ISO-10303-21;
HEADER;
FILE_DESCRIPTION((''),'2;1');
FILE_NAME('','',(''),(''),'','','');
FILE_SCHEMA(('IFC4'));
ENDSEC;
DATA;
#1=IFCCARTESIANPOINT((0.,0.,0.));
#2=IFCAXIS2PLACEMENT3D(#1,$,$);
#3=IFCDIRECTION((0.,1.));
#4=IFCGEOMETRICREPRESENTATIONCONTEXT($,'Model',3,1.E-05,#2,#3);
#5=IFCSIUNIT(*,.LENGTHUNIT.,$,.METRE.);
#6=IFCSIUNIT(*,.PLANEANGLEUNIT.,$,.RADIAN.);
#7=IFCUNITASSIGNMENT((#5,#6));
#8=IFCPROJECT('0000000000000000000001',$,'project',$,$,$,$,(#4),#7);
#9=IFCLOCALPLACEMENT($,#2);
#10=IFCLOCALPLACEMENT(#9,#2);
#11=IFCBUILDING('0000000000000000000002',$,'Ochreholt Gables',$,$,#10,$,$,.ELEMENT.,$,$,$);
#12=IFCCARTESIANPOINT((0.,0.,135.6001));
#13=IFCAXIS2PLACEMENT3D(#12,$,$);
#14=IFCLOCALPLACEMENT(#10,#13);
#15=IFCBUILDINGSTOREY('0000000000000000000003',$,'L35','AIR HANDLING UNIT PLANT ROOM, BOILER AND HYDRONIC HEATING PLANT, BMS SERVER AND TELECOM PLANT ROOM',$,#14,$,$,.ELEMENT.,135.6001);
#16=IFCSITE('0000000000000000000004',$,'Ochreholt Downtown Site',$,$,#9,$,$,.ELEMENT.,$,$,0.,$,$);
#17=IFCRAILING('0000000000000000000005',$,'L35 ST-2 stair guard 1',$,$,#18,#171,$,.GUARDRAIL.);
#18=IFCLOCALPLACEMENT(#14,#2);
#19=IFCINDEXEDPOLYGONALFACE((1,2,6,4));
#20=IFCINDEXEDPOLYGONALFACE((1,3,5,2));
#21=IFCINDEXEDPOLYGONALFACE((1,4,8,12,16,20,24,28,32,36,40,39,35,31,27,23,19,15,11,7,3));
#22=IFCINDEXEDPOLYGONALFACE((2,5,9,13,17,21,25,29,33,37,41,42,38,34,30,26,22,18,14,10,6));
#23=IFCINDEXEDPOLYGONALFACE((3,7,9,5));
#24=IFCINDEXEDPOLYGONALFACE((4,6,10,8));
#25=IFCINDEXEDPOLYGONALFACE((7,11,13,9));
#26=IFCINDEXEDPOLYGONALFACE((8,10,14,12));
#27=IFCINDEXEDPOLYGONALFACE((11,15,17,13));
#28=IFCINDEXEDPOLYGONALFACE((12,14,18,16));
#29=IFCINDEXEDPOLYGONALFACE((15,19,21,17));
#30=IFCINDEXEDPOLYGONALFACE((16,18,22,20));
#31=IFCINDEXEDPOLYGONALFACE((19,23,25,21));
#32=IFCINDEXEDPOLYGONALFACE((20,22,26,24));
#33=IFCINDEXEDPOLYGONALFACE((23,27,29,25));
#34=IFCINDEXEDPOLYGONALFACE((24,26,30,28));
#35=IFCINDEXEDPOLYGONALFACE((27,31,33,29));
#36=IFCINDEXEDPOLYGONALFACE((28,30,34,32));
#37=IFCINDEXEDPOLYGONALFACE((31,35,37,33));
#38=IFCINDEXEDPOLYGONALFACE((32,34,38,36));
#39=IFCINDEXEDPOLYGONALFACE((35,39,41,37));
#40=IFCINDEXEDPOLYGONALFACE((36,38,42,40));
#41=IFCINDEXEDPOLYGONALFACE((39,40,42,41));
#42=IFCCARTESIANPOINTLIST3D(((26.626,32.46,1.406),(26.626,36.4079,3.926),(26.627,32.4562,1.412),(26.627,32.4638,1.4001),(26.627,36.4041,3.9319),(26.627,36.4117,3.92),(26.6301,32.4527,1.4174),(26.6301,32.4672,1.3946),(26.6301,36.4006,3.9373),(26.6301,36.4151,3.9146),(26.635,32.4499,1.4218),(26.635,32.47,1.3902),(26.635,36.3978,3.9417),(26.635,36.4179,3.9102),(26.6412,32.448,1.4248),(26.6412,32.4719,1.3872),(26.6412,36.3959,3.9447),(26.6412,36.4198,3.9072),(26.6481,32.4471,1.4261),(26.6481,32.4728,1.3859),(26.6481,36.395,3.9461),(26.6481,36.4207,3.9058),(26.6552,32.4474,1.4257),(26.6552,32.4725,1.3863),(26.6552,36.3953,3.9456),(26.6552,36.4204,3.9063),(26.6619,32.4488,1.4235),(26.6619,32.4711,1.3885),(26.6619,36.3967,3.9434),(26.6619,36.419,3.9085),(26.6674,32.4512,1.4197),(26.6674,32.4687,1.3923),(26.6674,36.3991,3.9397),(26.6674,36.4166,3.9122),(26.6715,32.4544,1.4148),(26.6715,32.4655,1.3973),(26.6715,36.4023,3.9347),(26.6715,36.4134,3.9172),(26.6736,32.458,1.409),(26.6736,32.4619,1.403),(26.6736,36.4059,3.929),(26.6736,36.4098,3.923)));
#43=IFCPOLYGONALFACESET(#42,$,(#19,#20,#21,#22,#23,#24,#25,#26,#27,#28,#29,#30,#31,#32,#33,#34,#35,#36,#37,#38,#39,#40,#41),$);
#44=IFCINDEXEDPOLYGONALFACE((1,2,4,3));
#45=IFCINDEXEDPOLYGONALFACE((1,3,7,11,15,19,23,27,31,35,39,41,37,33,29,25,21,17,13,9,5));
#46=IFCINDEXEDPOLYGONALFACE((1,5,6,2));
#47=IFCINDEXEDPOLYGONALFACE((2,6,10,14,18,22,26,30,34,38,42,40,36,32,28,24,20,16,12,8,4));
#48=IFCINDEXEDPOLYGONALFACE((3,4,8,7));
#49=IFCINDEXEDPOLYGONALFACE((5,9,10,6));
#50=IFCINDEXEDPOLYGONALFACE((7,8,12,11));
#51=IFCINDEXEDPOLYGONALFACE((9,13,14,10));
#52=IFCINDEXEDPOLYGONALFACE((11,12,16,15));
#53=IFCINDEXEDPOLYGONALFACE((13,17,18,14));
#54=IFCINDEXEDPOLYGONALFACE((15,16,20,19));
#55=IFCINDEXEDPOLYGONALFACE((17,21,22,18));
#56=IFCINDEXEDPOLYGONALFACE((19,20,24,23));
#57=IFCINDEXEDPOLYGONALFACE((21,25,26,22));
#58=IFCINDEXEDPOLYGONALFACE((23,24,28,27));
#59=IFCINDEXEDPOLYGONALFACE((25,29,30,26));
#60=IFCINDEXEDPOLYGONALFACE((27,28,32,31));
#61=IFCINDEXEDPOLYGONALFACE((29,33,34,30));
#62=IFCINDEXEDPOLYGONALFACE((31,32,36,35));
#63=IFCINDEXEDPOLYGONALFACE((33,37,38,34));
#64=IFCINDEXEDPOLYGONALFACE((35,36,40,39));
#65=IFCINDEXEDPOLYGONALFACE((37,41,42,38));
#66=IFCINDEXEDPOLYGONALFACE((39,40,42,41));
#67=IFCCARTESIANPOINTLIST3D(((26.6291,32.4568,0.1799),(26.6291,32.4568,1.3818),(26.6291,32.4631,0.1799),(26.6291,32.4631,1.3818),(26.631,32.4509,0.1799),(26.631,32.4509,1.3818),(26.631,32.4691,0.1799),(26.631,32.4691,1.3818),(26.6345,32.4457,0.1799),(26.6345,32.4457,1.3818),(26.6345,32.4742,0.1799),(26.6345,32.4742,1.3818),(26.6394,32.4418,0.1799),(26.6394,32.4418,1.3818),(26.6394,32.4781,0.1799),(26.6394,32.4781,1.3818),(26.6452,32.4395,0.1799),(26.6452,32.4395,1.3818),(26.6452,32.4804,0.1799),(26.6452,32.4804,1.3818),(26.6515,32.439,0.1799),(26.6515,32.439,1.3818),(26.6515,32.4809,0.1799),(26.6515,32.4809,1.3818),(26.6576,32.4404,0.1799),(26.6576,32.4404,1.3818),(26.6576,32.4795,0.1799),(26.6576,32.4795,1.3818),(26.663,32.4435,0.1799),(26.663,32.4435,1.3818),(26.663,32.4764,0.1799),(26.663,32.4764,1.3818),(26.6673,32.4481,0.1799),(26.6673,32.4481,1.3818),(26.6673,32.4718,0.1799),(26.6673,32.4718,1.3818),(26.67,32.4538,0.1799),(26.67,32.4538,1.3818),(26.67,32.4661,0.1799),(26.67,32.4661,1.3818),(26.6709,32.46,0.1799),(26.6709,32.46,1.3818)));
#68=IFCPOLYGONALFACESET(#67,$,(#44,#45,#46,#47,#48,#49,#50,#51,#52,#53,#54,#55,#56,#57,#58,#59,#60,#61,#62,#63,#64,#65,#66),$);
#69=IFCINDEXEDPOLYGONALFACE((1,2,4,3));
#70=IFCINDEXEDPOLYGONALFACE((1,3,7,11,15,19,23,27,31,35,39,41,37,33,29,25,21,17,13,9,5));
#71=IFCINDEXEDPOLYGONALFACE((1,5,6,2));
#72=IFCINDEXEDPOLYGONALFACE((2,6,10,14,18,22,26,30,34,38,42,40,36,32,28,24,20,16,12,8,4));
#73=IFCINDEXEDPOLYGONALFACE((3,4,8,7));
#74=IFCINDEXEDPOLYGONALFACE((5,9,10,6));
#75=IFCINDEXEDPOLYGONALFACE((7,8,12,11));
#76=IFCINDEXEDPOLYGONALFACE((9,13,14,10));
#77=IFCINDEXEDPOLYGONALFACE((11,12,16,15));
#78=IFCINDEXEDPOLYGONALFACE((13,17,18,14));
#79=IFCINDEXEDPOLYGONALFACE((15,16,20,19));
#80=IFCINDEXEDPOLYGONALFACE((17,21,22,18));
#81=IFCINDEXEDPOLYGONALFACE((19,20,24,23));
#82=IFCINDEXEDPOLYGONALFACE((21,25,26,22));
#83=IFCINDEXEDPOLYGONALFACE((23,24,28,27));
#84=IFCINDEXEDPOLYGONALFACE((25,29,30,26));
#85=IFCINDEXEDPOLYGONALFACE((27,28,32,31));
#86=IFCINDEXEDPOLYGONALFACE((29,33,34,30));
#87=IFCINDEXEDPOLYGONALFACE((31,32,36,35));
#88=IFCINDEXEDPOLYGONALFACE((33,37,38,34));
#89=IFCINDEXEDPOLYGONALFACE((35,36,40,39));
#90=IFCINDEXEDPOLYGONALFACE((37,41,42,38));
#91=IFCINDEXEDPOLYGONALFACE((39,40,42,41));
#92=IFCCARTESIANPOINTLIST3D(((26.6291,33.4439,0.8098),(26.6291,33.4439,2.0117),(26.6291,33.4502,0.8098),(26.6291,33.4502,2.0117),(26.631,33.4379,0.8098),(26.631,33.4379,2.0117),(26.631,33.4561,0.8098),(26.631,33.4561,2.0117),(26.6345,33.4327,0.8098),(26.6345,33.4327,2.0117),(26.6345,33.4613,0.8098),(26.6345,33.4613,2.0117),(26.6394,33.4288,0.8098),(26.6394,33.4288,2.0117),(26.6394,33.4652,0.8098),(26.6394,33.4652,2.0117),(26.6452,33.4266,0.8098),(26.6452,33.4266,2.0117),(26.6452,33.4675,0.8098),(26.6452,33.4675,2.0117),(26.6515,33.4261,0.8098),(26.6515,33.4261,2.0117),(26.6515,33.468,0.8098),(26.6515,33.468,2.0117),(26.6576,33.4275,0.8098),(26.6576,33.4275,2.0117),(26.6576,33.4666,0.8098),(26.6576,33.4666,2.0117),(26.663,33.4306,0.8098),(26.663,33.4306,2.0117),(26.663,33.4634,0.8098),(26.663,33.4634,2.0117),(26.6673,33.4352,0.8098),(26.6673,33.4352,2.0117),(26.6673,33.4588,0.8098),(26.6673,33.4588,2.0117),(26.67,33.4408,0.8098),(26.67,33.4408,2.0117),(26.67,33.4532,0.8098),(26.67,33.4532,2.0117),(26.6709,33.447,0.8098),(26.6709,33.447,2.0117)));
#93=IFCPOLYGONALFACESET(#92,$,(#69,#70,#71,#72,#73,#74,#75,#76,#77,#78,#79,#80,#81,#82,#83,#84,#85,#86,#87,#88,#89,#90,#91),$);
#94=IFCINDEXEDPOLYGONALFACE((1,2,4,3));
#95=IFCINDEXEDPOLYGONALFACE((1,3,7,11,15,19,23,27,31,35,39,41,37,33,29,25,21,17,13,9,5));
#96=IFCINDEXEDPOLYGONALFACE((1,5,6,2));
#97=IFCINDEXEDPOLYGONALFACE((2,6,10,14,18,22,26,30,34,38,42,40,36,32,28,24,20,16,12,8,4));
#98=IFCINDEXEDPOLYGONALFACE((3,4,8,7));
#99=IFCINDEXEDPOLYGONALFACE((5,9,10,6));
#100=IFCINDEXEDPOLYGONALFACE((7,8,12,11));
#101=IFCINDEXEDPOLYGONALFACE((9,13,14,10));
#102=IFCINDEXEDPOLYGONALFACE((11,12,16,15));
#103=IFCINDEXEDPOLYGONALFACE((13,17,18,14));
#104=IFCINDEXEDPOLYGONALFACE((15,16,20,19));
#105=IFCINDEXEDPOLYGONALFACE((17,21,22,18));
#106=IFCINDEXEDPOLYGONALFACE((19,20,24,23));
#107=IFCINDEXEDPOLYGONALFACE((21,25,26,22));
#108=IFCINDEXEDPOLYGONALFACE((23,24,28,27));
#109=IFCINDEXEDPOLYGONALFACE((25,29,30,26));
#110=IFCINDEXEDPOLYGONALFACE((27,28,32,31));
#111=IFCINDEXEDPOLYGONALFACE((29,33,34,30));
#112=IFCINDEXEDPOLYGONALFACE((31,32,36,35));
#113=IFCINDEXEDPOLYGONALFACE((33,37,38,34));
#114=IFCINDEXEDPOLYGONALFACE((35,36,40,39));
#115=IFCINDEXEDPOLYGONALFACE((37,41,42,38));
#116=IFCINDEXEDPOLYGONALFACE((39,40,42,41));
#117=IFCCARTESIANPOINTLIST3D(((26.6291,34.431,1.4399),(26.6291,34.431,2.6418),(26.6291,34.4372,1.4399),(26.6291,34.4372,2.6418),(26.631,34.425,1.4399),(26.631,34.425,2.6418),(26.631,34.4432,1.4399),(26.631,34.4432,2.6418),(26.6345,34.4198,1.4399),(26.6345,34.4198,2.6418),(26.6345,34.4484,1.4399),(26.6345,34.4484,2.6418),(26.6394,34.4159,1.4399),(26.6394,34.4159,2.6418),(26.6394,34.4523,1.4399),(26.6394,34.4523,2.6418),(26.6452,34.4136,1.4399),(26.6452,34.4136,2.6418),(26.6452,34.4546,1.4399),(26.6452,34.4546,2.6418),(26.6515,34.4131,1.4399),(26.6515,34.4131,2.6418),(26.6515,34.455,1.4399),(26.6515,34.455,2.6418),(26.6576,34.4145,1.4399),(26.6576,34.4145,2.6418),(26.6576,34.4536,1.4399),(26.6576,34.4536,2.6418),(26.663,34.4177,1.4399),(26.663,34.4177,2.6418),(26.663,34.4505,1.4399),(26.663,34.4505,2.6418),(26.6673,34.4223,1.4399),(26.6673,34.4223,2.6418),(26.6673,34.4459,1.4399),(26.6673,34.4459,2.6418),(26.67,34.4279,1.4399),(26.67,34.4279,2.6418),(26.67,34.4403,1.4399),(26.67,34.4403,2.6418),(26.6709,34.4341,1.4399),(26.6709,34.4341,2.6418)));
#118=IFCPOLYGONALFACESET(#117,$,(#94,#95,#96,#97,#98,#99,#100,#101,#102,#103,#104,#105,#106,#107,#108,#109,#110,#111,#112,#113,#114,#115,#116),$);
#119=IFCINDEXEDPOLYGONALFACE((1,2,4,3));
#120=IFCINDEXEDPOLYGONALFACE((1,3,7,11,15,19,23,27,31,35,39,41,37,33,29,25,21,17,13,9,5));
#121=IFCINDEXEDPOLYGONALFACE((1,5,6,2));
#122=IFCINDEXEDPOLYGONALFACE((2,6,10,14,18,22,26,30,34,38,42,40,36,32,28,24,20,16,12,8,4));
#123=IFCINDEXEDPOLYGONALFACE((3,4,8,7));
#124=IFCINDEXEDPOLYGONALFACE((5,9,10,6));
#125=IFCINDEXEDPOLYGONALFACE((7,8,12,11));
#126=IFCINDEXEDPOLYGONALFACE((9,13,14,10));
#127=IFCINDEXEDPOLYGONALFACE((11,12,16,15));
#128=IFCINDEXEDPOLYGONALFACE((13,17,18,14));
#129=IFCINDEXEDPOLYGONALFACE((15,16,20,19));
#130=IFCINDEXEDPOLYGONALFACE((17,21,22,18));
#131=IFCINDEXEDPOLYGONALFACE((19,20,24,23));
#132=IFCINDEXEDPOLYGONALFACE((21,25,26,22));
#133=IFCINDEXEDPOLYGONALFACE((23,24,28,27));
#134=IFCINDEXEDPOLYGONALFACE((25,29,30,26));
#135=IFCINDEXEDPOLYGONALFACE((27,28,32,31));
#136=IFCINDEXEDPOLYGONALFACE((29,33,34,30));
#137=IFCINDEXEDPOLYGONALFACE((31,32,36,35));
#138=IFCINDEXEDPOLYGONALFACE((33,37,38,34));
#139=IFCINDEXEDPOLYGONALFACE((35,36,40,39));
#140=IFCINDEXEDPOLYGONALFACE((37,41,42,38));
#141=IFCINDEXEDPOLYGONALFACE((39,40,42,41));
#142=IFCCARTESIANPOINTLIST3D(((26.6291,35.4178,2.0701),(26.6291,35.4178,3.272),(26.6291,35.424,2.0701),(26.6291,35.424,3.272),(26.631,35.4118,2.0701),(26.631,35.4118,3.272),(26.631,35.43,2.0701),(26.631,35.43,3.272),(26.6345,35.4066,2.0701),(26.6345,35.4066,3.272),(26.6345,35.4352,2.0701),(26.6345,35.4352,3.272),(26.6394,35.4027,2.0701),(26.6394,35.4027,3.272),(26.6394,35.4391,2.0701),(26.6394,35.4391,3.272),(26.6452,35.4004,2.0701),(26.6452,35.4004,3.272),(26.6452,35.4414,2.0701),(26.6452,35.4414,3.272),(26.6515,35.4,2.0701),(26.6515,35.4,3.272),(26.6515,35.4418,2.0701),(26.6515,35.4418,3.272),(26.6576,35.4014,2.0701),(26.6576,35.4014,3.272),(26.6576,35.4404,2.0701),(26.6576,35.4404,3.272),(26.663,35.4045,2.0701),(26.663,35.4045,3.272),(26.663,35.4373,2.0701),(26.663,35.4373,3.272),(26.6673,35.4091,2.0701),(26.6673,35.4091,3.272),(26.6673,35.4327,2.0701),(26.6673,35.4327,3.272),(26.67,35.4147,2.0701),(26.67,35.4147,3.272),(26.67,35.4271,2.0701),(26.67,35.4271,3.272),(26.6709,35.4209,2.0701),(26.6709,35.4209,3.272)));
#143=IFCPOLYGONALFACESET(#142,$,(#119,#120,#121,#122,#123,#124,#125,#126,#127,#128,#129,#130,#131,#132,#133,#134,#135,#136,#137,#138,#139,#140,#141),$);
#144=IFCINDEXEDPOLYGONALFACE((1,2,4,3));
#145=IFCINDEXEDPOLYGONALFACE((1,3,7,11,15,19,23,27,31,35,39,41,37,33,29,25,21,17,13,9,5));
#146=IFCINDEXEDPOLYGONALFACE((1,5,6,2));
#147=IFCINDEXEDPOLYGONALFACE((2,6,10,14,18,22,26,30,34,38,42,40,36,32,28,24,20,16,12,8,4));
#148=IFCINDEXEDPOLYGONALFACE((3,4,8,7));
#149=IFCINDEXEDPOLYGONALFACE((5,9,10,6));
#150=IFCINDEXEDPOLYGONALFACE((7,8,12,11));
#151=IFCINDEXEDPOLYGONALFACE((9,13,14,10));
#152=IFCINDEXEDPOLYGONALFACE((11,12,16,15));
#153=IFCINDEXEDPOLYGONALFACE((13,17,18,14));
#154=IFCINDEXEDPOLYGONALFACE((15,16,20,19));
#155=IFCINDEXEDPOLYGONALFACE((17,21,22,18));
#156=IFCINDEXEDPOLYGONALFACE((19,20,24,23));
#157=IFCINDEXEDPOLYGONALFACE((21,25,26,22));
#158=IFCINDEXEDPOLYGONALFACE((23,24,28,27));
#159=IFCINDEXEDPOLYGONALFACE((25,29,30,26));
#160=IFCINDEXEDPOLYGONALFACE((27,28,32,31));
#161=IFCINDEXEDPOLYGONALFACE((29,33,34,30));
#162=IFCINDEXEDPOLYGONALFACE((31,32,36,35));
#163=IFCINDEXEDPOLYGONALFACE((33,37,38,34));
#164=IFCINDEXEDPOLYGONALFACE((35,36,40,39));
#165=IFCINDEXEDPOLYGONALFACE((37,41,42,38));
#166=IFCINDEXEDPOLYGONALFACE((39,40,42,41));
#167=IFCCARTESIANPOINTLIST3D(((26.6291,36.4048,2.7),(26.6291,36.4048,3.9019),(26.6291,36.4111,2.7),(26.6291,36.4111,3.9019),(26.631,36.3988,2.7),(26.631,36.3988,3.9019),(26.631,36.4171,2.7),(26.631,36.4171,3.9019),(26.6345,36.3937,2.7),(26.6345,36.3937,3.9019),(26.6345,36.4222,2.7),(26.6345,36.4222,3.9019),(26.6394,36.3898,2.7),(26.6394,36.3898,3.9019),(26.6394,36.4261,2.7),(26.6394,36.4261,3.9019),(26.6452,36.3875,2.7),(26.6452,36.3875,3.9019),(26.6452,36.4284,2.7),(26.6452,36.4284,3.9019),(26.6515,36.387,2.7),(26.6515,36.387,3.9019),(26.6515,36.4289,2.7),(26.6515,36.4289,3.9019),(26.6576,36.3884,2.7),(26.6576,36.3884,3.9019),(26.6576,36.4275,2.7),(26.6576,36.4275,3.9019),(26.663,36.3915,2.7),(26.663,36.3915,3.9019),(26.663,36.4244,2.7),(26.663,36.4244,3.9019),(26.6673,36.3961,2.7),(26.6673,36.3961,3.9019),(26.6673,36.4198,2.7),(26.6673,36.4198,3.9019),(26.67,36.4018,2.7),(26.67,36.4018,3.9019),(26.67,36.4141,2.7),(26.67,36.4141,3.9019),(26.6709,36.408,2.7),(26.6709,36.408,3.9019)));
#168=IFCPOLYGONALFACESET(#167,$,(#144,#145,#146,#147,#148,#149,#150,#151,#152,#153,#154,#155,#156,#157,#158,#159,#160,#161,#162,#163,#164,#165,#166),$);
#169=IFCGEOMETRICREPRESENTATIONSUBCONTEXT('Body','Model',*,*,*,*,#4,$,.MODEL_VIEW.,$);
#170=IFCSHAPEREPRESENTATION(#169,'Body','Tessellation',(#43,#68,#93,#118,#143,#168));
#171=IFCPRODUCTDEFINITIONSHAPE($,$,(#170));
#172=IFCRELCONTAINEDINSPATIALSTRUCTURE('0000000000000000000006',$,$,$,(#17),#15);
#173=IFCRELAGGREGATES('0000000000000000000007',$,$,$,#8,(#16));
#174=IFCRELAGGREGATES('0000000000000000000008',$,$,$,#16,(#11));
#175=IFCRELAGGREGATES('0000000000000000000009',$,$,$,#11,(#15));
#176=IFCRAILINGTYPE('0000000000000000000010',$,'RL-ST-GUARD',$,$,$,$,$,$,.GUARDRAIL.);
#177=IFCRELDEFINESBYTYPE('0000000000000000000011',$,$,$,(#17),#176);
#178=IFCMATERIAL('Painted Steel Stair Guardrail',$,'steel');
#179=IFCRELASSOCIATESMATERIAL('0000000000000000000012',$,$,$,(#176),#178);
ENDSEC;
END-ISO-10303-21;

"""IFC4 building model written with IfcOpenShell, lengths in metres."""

from ifc_helpers import new_model, si_unit, direction, frame, origin, origin_2d, place, context, subcontext, project, spatial, circle, extrude, material, type_object, element, save


model = new_model("IFC4")

# Units and contexts
model_context = context("Model", 3, precision=1e-05, world=origin(), true_north=direction((0.0, 1.0)))
body_context = subcontext(model_context, "Body", "Model", "MODEL_VIEW")
ifc_project = project(units=[si_unit("LENGTHUNIT", "METRE"), si_unit("PLANEANGLEUNIT", "RADIAN")], contexts=[model_context])

# Site, building, storey
site_placement = place(None, origin())
site = spatial("IfcSite", under=ifc_project, at=site_placement, Name="Ochreholt Downtown Site", CompositionType="ELEMENT", RefElevation=0.0)
building_placement = place(site_placement, origin())
building = spatial("IfcBuilding", under=site, at=building_placement, Name="Ochreholt Gables", CompositionType="ELEMENT")
storey_placement = place(building_placement, frame((0.0, 0.0, 135.6001)))
storey = spatial("IfcBuildingStorey", under=building, at=storey_placement, Name="L35", Description="AIR HANDLING UNIT PLANT ROOM, BOILER AND HYDRONIC HEATING PLANT, BMS SERVER AND TELECOM PLANT ROOM", CompositionType="ELEMENT", Elevation=135.6001)

# Railing
ifc_material_1 = material(Name="Painted Steel Stair Guardrail", Category="steel")
railing_type_1 = type_object("IfcRailingType", Name="RL-ST-GUARD", PredefinedType="GUARDRAIL", material=ifc_material_1)
railing_1_placement = place(storey_placement, frame((26.6499, 32.46, 0.1799)))
element("IfcRailing", 1, at=railing_1_placement, inside=storey, type_object=railing_type_1, Name="L35 ST-2 stair guard 1", PredefinedType="GUARDRAIL", context=body_context, shape_type="SweptSolid", body=[
    extrude(circle(Radius=0.0239, at=origin_2d()), frame((0.0, 0.0, 1.2261), z_axis=(0.0, 0.84292, 0.538039), x_axis=(-1.0, 0.0, 0.0)), (0.0, 0.0, 1.0), 4.6836),
    extrude(circle(Radius=0.021, at=origin_2d()), origin(), (0.0, 0.0, 1.0), 1.2019),
    extrude(circle(Radius=0.021, at=origin_2d()), frame((0.0, 0.9871, 0.6299)), (0.0, 0.0, 1.0), 1.2019),
    extrude(circle(Radius=0.021, at=origin_2d()), frame((0.0, 1.9741, 1.26)), (0.0, 0.0, 1.0), 1.2019),
    extrude(circle(Radius=0.021, at=origin_2d()), frame((0.0, 2.9609, 1.8901)), (0.0, 0.0, 1.0), 1.2019),
    extrude(circle(Radius=0.021, at=origin_2d()), frame((0.0, 3.948, 2.52)), (0.0, 0.0, 1.0), 1.2019),
])

save(model, "model.ifc")
